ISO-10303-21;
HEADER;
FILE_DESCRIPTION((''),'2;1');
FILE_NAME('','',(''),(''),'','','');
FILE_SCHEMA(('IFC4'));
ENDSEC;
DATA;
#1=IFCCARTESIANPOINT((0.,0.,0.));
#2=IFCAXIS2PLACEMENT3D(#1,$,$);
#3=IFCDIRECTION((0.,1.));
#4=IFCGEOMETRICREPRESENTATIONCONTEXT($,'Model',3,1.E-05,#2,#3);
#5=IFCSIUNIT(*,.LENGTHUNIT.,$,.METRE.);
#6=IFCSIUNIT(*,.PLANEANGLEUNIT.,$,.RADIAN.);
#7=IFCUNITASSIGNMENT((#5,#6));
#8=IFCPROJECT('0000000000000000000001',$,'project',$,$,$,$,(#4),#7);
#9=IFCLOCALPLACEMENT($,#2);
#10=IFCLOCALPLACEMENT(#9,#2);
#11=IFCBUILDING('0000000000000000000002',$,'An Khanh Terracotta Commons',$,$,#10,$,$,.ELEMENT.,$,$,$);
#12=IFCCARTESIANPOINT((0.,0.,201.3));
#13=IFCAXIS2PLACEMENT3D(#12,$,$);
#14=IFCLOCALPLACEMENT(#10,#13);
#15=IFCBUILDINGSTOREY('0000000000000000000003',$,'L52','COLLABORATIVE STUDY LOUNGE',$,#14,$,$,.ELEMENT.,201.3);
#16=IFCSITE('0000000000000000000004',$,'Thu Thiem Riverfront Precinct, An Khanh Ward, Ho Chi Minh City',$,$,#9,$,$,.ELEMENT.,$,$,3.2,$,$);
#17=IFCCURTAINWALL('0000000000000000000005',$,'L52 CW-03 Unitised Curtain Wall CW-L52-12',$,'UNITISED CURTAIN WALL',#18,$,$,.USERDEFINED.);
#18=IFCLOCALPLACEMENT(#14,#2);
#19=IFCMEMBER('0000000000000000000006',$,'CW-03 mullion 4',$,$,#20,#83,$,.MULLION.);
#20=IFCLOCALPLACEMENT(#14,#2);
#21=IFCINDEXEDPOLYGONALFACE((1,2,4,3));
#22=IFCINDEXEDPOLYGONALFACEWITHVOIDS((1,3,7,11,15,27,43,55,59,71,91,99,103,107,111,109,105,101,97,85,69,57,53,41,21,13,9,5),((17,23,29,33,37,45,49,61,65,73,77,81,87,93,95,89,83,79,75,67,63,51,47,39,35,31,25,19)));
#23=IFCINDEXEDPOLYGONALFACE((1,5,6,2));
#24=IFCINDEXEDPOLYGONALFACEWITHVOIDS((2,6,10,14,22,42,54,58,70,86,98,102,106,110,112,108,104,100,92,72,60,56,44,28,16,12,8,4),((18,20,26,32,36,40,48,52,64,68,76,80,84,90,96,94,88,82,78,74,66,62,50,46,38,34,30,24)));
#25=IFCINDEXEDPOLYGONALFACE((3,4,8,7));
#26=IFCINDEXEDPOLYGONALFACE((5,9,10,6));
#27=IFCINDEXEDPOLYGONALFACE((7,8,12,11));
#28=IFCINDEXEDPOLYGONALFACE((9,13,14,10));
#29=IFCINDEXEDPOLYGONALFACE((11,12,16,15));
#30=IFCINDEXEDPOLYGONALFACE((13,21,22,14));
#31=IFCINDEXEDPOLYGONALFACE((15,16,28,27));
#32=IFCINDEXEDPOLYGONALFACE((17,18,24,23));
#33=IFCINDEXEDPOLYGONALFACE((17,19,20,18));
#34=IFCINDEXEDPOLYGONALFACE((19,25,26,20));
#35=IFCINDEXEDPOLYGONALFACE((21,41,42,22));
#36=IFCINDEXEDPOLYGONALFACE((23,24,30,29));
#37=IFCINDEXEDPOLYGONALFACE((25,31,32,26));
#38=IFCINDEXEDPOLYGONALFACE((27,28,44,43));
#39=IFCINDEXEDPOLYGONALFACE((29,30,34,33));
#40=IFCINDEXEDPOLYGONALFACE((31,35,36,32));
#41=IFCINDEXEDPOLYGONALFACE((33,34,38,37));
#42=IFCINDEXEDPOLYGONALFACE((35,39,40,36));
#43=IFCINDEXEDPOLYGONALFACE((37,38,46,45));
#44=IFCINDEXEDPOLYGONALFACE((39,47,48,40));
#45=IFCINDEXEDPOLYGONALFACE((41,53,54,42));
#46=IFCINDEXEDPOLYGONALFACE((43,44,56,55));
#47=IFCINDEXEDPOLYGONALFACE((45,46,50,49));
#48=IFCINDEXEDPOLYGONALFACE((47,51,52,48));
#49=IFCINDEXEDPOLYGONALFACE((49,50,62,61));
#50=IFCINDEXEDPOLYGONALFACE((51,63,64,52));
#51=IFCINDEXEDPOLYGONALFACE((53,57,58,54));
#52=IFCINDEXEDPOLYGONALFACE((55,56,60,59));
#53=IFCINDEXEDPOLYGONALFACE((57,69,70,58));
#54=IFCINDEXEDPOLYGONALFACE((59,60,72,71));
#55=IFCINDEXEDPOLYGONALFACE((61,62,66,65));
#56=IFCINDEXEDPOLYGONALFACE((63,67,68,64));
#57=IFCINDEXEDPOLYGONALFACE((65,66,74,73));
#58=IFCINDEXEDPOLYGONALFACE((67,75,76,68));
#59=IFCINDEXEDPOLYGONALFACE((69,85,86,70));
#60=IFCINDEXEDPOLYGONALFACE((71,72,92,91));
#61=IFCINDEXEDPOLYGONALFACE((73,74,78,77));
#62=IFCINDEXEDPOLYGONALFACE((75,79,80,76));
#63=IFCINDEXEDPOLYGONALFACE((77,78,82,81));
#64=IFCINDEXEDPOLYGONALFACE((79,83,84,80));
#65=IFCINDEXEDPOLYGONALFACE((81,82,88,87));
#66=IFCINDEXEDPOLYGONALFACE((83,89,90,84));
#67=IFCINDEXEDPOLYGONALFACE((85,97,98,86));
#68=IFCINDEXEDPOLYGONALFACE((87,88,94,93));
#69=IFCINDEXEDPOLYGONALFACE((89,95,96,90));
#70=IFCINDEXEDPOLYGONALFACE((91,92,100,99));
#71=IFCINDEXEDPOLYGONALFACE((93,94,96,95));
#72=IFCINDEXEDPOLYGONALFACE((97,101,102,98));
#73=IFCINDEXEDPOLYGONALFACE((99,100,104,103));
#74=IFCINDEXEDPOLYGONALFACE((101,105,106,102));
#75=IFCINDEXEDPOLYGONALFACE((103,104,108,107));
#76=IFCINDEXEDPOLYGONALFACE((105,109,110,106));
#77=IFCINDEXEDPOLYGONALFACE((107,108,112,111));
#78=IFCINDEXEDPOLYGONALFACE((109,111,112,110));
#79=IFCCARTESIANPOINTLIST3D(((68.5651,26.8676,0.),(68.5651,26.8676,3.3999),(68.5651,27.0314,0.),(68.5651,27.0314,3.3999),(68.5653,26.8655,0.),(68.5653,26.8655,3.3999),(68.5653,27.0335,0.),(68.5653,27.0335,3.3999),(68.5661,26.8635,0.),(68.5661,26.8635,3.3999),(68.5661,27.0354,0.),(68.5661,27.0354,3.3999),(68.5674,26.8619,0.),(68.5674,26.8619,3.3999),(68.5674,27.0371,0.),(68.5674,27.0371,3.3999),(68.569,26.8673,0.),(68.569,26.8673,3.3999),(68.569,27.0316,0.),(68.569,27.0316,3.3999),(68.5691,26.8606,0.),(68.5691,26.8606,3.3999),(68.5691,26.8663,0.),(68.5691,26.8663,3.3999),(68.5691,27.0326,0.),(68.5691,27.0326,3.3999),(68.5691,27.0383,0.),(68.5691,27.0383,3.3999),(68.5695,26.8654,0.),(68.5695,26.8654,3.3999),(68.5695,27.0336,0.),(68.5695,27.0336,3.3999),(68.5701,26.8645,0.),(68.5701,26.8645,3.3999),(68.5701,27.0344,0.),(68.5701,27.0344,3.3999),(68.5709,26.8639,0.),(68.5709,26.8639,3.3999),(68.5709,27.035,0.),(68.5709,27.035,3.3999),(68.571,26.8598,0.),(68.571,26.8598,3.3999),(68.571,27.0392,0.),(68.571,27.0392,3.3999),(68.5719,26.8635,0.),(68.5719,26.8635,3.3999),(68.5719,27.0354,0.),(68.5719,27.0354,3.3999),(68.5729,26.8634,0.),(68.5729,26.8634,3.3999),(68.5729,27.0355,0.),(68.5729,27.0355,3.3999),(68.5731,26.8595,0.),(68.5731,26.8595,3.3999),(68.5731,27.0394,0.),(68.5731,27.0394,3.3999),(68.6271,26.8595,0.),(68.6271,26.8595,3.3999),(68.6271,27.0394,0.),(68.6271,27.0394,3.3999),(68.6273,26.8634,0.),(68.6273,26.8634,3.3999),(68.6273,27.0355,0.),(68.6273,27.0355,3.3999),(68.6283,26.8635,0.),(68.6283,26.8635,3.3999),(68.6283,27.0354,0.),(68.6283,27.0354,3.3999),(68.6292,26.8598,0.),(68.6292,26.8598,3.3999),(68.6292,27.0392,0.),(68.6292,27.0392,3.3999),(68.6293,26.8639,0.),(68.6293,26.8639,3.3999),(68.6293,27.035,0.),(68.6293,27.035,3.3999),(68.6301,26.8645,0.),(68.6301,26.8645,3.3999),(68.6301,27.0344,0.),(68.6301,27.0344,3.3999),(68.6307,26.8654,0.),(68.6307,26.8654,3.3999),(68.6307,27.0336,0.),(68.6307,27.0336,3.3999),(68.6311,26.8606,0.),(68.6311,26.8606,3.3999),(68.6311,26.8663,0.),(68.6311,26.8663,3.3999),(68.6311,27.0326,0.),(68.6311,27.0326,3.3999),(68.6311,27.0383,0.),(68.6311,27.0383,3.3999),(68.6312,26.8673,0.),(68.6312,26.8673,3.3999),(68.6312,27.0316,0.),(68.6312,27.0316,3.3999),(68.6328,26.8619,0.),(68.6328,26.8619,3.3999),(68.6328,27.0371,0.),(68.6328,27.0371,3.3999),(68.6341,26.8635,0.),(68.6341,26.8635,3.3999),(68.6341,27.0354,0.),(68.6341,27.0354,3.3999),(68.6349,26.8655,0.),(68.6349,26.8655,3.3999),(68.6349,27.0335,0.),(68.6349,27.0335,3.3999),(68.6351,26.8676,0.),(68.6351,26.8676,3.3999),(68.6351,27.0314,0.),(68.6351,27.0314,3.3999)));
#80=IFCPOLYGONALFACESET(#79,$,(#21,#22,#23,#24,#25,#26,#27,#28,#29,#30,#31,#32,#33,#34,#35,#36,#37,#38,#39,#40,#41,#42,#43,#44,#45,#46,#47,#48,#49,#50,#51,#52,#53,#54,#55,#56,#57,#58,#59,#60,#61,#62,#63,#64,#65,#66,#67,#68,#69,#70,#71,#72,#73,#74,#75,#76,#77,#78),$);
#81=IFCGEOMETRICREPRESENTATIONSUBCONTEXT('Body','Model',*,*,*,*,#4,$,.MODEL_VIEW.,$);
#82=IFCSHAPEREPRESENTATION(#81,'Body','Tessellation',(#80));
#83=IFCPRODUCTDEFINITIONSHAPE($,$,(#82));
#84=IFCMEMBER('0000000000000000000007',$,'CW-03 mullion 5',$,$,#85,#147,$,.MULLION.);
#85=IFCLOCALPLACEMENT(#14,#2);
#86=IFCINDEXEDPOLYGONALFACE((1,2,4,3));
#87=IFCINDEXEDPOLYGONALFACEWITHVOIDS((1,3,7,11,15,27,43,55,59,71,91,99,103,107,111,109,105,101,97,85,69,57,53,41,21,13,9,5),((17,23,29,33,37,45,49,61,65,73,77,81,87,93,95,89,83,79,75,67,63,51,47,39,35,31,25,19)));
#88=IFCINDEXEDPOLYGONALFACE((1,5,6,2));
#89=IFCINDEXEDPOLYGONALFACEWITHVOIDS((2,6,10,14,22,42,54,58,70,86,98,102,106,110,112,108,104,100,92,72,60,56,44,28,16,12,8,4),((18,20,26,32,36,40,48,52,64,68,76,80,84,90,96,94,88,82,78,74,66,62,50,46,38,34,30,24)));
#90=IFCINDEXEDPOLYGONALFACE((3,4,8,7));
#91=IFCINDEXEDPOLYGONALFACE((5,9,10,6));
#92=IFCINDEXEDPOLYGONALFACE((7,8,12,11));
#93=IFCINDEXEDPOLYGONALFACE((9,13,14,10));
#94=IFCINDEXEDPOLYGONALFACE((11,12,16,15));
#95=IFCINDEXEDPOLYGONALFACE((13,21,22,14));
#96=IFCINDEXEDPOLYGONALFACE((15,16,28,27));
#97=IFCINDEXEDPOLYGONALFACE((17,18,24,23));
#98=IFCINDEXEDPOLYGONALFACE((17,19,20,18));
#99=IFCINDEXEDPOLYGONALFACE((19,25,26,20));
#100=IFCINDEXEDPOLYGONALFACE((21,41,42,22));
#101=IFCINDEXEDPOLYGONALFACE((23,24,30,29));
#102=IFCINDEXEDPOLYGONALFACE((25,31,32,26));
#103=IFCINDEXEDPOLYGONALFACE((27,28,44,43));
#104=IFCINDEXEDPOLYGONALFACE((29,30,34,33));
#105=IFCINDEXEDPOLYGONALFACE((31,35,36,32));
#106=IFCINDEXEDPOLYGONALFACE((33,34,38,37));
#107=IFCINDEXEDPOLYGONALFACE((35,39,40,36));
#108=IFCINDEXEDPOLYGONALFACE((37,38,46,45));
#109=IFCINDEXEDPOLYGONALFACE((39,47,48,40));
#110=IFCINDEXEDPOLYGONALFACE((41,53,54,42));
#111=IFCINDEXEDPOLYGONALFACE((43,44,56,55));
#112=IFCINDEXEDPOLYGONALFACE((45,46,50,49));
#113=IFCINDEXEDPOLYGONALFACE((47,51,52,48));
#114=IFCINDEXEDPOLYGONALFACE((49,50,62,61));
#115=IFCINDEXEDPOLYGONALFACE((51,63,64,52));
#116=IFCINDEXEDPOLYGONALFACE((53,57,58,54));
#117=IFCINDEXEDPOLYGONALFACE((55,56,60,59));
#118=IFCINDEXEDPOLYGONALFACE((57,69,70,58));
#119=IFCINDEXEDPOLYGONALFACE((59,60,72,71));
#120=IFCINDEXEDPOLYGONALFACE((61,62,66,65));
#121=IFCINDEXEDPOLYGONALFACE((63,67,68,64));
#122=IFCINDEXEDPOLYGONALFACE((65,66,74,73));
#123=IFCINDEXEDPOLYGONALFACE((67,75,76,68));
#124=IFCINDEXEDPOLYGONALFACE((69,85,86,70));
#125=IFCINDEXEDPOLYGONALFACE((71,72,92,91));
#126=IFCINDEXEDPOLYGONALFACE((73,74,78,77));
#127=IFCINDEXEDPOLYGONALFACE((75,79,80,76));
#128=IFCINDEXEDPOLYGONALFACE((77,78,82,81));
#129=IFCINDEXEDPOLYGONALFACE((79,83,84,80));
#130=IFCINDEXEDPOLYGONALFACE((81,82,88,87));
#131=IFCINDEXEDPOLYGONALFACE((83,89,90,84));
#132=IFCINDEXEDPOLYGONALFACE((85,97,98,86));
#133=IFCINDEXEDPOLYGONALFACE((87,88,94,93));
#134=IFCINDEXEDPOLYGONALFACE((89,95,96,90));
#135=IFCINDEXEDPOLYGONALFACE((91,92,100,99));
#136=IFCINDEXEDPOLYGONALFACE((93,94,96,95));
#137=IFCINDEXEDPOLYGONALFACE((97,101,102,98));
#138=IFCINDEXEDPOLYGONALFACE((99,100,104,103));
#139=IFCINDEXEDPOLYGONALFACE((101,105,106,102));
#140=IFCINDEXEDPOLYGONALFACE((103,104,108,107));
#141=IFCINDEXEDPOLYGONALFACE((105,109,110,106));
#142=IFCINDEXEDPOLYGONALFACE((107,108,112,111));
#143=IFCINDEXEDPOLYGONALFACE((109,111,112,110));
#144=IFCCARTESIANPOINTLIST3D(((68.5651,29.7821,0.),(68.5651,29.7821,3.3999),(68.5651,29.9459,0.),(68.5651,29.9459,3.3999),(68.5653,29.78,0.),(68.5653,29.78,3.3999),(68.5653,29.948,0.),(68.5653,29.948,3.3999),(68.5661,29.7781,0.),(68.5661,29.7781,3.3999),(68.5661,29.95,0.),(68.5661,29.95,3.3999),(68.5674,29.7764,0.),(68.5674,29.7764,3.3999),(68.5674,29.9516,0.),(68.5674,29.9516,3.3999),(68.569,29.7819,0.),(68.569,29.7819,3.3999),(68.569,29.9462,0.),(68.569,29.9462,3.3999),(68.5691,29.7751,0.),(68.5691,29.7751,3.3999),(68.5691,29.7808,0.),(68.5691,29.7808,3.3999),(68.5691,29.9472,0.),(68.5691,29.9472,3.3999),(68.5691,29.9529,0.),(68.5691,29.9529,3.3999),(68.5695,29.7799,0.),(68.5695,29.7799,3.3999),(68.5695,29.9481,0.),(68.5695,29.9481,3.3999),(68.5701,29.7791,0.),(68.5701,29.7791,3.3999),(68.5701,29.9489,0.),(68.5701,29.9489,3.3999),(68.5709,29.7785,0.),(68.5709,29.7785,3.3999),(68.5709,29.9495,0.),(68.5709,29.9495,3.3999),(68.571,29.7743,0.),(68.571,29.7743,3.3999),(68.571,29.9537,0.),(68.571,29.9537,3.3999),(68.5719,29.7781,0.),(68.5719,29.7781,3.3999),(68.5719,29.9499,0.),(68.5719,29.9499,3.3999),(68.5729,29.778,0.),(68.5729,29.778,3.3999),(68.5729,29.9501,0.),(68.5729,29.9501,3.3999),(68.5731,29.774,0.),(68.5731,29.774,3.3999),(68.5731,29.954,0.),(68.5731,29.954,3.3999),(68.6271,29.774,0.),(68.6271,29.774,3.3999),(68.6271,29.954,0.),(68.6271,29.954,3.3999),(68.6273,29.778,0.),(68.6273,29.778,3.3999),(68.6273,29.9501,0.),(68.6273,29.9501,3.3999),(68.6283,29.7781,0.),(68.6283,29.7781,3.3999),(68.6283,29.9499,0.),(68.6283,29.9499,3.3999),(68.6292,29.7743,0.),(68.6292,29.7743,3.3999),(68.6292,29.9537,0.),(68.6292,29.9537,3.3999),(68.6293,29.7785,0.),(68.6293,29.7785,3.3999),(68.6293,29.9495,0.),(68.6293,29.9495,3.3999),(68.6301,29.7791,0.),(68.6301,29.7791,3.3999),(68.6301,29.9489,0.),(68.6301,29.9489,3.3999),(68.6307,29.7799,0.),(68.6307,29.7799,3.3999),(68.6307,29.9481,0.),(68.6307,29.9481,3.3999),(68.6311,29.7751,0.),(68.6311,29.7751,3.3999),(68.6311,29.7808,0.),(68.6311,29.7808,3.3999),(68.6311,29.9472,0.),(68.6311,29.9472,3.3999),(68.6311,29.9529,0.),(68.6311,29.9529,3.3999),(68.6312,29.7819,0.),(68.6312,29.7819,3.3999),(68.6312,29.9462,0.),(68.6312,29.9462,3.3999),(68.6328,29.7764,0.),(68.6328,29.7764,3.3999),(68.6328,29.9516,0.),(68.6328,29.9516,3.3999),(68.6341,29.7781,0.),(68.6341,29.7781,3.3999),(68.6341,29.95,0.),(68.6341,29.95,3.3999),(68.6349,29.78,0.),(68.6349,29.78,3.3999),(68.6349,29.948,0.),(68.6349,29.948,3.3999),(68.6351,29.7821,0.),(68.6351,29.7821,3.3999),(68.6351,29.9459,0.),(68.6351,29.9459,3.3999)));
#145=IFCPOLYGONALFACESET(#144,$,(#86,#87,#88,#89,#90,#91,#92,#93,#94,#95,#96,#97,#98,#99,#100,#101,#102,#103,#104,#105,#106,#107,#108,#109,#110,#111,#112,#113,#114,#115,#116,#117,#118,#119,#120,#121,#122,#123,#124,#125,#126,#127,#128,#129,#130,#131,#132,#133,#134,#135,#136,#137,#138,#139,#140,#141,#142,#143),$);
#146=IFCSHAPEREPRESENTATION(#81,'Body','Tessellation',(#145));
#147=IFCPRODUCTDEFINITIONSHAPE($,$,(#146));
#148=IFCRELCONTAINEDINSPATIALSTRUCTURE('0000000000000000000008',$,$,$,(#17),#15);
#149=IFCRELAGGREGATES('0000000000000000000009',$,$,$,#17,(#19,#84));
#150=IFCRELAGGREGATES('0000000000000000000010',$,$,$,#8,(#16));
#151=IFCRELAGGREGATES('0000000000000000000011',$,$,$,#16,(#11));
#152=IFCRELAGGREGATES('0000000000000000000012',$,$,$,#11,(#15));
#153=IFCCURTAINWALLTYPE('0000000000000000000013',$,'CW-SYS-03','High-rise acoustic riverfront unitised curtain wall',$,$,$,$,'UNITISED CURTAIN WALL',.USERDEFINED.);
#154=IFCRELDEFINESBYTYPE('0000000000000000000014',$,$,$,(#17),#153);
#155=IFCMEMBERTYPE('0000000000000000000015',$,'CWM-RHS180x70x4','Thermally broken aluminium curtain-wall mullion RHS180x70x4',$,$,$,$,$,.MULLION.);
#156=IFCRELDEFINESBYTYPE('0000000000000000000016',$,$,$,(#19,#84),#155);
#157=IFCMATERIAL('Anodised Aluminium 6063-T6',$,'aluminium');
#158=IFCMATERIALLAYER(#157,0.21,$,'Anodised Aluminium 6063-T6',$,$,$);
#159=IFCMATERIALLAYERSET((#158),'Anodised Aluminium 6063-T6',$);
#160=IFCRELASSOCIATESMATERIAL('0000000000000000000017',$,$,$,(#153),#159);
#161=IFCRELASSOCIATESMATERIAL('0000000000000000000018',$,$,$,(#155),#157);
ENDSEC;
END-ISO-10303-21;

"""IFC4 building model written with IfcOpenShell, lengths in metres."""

from ifc_helpers import new_model, si_unit, direction, frame, origin, origin_2d, place, context, subcontext, project, spatial, hollow_rectangle, extrude, material, layer, layer_set, material_profile, profile_set, type_object, element, aggregate, save


model = new_model("IFC4")

# Units and contexts
model_context = context("Model", 3, precision=1e-05, world=origin(), true_north=direction((0.0, 1.0)))
body_context = subcontext(model_context, "Body", "Model", "MODEL_VIEW")
ifc_project = project(units=[si_unit("LENGTHUNIT", "METRE"), si_unit("PLANEANGLEUNIT", "RADIAN")], contexts=[model_context])

# Site, building, storey
site_placement = place(None, origin())
site = spatial("IfcSite", under=ifc_project, at=site_placement, Name="Thu Thiem Riverfront Precinct, An Khanh Ward, Ho Chi Minh City", CompositionType="ELEMENT", RefElevation=3.2)
building_placement = place(site_placement, origin())
building = spatial("IfcBuilding", under=site, at=building_placement, Name="An Khanh Terracotta Commons", CompositionType="ELEMENT")
storey_placement = place(building_placement, frame((0.0, 0.0, 201.3)))
storey = spatial("IfcBuildingStorey", under=building, at=storey_placement, Name="L52", Description="COLLABORATIVE STUDY LOUNGE", CompositionType="ELEMENT", Elevation=201.3)

# Curtain wall, members
ifc_material_1 = material(Name="Anodised Aluminium 6063-T6", Category="aluminium")
ifc_layer_1 = layer(ifc_material_1, 0.21, Name="Anodised Aluminium 6063-T6")
ifc_layer_set_1 = layer_set([ifc_layer_1], Name="Anodised Aluminium 6063-T6")
curtain_wall_type = type_object("IfcCurtainWallType", Name="CW-SYS-03", Description="High-rise acoustic riverfront unitised curtain wall", ElementType="UNITISED CURTAIN WALL", PredefinedType="USERDEFINED", material=ifc_layer_set_1)
curtain_wall_1_placement = place(storey_placement, origin())
curtain_wall_1 = element("IfcCurtainWall", 1, at=curtain_wall_1_placement, inside=storey, type_object=curtain_wall_type, Name="L52 CW-03 Unitised Curtain Wall CW-L52-12", ObjectType="UNITISED CURTAIN WALL", PredefinedType="USERDEFINED")
ifc_material_profile_1 = material_profile(ifc_material_1, hollow_rectangle(XDim=0.0701, YDim=0.1799, WallThickness=0.0039, InnerFilletRadius=0.0039, OuterFilletRadius=0.0081, at=origin_2d()), Name="RHS180x70x4")
ifc_profile_set_1 = profile_set([ifc_material_profile_1], Name="Anodised Aluminium 6063-T6")
member_type_1 = type_object("IfcMemberType", Name="CWM-RHS180x70x4", Description="Thermally broken aluminium curtain-wall mullion RHS180x70x4", PredefinedType="MULLION", material=ifc_profile_set_1)
member_1_placement = place(storey_placement, frame((68.6001, 26.9495, 0.0), z_axis=(0.0, 0.0, 1.0), x_axis=(-1.0, 0.0, 0.0)))
member_1 = element("IfcMember", 2, at=member_1_placement, type_object=member_type_1, Name="CW-03 mullion 4", PredefinedType="MULLION", context=body_context, shape_type="SweptSolid", body=[
    extrude(hollow_rectangle(XDim=0.0701, YDim=0.1799, WallThickness=0.0039, InnerFilletRadius=0.0039, OuterFilletRadius=0.0081, at=origin_2d()), origin(), (0.0, 0.0, 1.0), 3.3999),
])
member_2_placement = place(storey_placement, frame((68.6001, 29.864, 0.0), z_axis=(0.0, 0.0, 1.0), x_axis=(-1.0, 0.0, 0.0)))
member_2 = element("IfcMember", 3, at=member_2_placement, type_object=member_type_1, Name="CW-03 mullion 5", PredefinedType="MULLION", context=body_context, shape_type="SweptSolid", body=[
    extrude(hollow_rectangle(XDim=0.0701, YDim=0.1799, WallThickness=0.0039, InnerFilletRadius=0.0039, OuterFilletRadius=0.0081, at=origin_2d()), origin(), (0.0, 0.0, 1.0), 3.3999),
])

aggregate(curtain_wall_1, [member_1, member_2])

save(model, "model.ifc")
